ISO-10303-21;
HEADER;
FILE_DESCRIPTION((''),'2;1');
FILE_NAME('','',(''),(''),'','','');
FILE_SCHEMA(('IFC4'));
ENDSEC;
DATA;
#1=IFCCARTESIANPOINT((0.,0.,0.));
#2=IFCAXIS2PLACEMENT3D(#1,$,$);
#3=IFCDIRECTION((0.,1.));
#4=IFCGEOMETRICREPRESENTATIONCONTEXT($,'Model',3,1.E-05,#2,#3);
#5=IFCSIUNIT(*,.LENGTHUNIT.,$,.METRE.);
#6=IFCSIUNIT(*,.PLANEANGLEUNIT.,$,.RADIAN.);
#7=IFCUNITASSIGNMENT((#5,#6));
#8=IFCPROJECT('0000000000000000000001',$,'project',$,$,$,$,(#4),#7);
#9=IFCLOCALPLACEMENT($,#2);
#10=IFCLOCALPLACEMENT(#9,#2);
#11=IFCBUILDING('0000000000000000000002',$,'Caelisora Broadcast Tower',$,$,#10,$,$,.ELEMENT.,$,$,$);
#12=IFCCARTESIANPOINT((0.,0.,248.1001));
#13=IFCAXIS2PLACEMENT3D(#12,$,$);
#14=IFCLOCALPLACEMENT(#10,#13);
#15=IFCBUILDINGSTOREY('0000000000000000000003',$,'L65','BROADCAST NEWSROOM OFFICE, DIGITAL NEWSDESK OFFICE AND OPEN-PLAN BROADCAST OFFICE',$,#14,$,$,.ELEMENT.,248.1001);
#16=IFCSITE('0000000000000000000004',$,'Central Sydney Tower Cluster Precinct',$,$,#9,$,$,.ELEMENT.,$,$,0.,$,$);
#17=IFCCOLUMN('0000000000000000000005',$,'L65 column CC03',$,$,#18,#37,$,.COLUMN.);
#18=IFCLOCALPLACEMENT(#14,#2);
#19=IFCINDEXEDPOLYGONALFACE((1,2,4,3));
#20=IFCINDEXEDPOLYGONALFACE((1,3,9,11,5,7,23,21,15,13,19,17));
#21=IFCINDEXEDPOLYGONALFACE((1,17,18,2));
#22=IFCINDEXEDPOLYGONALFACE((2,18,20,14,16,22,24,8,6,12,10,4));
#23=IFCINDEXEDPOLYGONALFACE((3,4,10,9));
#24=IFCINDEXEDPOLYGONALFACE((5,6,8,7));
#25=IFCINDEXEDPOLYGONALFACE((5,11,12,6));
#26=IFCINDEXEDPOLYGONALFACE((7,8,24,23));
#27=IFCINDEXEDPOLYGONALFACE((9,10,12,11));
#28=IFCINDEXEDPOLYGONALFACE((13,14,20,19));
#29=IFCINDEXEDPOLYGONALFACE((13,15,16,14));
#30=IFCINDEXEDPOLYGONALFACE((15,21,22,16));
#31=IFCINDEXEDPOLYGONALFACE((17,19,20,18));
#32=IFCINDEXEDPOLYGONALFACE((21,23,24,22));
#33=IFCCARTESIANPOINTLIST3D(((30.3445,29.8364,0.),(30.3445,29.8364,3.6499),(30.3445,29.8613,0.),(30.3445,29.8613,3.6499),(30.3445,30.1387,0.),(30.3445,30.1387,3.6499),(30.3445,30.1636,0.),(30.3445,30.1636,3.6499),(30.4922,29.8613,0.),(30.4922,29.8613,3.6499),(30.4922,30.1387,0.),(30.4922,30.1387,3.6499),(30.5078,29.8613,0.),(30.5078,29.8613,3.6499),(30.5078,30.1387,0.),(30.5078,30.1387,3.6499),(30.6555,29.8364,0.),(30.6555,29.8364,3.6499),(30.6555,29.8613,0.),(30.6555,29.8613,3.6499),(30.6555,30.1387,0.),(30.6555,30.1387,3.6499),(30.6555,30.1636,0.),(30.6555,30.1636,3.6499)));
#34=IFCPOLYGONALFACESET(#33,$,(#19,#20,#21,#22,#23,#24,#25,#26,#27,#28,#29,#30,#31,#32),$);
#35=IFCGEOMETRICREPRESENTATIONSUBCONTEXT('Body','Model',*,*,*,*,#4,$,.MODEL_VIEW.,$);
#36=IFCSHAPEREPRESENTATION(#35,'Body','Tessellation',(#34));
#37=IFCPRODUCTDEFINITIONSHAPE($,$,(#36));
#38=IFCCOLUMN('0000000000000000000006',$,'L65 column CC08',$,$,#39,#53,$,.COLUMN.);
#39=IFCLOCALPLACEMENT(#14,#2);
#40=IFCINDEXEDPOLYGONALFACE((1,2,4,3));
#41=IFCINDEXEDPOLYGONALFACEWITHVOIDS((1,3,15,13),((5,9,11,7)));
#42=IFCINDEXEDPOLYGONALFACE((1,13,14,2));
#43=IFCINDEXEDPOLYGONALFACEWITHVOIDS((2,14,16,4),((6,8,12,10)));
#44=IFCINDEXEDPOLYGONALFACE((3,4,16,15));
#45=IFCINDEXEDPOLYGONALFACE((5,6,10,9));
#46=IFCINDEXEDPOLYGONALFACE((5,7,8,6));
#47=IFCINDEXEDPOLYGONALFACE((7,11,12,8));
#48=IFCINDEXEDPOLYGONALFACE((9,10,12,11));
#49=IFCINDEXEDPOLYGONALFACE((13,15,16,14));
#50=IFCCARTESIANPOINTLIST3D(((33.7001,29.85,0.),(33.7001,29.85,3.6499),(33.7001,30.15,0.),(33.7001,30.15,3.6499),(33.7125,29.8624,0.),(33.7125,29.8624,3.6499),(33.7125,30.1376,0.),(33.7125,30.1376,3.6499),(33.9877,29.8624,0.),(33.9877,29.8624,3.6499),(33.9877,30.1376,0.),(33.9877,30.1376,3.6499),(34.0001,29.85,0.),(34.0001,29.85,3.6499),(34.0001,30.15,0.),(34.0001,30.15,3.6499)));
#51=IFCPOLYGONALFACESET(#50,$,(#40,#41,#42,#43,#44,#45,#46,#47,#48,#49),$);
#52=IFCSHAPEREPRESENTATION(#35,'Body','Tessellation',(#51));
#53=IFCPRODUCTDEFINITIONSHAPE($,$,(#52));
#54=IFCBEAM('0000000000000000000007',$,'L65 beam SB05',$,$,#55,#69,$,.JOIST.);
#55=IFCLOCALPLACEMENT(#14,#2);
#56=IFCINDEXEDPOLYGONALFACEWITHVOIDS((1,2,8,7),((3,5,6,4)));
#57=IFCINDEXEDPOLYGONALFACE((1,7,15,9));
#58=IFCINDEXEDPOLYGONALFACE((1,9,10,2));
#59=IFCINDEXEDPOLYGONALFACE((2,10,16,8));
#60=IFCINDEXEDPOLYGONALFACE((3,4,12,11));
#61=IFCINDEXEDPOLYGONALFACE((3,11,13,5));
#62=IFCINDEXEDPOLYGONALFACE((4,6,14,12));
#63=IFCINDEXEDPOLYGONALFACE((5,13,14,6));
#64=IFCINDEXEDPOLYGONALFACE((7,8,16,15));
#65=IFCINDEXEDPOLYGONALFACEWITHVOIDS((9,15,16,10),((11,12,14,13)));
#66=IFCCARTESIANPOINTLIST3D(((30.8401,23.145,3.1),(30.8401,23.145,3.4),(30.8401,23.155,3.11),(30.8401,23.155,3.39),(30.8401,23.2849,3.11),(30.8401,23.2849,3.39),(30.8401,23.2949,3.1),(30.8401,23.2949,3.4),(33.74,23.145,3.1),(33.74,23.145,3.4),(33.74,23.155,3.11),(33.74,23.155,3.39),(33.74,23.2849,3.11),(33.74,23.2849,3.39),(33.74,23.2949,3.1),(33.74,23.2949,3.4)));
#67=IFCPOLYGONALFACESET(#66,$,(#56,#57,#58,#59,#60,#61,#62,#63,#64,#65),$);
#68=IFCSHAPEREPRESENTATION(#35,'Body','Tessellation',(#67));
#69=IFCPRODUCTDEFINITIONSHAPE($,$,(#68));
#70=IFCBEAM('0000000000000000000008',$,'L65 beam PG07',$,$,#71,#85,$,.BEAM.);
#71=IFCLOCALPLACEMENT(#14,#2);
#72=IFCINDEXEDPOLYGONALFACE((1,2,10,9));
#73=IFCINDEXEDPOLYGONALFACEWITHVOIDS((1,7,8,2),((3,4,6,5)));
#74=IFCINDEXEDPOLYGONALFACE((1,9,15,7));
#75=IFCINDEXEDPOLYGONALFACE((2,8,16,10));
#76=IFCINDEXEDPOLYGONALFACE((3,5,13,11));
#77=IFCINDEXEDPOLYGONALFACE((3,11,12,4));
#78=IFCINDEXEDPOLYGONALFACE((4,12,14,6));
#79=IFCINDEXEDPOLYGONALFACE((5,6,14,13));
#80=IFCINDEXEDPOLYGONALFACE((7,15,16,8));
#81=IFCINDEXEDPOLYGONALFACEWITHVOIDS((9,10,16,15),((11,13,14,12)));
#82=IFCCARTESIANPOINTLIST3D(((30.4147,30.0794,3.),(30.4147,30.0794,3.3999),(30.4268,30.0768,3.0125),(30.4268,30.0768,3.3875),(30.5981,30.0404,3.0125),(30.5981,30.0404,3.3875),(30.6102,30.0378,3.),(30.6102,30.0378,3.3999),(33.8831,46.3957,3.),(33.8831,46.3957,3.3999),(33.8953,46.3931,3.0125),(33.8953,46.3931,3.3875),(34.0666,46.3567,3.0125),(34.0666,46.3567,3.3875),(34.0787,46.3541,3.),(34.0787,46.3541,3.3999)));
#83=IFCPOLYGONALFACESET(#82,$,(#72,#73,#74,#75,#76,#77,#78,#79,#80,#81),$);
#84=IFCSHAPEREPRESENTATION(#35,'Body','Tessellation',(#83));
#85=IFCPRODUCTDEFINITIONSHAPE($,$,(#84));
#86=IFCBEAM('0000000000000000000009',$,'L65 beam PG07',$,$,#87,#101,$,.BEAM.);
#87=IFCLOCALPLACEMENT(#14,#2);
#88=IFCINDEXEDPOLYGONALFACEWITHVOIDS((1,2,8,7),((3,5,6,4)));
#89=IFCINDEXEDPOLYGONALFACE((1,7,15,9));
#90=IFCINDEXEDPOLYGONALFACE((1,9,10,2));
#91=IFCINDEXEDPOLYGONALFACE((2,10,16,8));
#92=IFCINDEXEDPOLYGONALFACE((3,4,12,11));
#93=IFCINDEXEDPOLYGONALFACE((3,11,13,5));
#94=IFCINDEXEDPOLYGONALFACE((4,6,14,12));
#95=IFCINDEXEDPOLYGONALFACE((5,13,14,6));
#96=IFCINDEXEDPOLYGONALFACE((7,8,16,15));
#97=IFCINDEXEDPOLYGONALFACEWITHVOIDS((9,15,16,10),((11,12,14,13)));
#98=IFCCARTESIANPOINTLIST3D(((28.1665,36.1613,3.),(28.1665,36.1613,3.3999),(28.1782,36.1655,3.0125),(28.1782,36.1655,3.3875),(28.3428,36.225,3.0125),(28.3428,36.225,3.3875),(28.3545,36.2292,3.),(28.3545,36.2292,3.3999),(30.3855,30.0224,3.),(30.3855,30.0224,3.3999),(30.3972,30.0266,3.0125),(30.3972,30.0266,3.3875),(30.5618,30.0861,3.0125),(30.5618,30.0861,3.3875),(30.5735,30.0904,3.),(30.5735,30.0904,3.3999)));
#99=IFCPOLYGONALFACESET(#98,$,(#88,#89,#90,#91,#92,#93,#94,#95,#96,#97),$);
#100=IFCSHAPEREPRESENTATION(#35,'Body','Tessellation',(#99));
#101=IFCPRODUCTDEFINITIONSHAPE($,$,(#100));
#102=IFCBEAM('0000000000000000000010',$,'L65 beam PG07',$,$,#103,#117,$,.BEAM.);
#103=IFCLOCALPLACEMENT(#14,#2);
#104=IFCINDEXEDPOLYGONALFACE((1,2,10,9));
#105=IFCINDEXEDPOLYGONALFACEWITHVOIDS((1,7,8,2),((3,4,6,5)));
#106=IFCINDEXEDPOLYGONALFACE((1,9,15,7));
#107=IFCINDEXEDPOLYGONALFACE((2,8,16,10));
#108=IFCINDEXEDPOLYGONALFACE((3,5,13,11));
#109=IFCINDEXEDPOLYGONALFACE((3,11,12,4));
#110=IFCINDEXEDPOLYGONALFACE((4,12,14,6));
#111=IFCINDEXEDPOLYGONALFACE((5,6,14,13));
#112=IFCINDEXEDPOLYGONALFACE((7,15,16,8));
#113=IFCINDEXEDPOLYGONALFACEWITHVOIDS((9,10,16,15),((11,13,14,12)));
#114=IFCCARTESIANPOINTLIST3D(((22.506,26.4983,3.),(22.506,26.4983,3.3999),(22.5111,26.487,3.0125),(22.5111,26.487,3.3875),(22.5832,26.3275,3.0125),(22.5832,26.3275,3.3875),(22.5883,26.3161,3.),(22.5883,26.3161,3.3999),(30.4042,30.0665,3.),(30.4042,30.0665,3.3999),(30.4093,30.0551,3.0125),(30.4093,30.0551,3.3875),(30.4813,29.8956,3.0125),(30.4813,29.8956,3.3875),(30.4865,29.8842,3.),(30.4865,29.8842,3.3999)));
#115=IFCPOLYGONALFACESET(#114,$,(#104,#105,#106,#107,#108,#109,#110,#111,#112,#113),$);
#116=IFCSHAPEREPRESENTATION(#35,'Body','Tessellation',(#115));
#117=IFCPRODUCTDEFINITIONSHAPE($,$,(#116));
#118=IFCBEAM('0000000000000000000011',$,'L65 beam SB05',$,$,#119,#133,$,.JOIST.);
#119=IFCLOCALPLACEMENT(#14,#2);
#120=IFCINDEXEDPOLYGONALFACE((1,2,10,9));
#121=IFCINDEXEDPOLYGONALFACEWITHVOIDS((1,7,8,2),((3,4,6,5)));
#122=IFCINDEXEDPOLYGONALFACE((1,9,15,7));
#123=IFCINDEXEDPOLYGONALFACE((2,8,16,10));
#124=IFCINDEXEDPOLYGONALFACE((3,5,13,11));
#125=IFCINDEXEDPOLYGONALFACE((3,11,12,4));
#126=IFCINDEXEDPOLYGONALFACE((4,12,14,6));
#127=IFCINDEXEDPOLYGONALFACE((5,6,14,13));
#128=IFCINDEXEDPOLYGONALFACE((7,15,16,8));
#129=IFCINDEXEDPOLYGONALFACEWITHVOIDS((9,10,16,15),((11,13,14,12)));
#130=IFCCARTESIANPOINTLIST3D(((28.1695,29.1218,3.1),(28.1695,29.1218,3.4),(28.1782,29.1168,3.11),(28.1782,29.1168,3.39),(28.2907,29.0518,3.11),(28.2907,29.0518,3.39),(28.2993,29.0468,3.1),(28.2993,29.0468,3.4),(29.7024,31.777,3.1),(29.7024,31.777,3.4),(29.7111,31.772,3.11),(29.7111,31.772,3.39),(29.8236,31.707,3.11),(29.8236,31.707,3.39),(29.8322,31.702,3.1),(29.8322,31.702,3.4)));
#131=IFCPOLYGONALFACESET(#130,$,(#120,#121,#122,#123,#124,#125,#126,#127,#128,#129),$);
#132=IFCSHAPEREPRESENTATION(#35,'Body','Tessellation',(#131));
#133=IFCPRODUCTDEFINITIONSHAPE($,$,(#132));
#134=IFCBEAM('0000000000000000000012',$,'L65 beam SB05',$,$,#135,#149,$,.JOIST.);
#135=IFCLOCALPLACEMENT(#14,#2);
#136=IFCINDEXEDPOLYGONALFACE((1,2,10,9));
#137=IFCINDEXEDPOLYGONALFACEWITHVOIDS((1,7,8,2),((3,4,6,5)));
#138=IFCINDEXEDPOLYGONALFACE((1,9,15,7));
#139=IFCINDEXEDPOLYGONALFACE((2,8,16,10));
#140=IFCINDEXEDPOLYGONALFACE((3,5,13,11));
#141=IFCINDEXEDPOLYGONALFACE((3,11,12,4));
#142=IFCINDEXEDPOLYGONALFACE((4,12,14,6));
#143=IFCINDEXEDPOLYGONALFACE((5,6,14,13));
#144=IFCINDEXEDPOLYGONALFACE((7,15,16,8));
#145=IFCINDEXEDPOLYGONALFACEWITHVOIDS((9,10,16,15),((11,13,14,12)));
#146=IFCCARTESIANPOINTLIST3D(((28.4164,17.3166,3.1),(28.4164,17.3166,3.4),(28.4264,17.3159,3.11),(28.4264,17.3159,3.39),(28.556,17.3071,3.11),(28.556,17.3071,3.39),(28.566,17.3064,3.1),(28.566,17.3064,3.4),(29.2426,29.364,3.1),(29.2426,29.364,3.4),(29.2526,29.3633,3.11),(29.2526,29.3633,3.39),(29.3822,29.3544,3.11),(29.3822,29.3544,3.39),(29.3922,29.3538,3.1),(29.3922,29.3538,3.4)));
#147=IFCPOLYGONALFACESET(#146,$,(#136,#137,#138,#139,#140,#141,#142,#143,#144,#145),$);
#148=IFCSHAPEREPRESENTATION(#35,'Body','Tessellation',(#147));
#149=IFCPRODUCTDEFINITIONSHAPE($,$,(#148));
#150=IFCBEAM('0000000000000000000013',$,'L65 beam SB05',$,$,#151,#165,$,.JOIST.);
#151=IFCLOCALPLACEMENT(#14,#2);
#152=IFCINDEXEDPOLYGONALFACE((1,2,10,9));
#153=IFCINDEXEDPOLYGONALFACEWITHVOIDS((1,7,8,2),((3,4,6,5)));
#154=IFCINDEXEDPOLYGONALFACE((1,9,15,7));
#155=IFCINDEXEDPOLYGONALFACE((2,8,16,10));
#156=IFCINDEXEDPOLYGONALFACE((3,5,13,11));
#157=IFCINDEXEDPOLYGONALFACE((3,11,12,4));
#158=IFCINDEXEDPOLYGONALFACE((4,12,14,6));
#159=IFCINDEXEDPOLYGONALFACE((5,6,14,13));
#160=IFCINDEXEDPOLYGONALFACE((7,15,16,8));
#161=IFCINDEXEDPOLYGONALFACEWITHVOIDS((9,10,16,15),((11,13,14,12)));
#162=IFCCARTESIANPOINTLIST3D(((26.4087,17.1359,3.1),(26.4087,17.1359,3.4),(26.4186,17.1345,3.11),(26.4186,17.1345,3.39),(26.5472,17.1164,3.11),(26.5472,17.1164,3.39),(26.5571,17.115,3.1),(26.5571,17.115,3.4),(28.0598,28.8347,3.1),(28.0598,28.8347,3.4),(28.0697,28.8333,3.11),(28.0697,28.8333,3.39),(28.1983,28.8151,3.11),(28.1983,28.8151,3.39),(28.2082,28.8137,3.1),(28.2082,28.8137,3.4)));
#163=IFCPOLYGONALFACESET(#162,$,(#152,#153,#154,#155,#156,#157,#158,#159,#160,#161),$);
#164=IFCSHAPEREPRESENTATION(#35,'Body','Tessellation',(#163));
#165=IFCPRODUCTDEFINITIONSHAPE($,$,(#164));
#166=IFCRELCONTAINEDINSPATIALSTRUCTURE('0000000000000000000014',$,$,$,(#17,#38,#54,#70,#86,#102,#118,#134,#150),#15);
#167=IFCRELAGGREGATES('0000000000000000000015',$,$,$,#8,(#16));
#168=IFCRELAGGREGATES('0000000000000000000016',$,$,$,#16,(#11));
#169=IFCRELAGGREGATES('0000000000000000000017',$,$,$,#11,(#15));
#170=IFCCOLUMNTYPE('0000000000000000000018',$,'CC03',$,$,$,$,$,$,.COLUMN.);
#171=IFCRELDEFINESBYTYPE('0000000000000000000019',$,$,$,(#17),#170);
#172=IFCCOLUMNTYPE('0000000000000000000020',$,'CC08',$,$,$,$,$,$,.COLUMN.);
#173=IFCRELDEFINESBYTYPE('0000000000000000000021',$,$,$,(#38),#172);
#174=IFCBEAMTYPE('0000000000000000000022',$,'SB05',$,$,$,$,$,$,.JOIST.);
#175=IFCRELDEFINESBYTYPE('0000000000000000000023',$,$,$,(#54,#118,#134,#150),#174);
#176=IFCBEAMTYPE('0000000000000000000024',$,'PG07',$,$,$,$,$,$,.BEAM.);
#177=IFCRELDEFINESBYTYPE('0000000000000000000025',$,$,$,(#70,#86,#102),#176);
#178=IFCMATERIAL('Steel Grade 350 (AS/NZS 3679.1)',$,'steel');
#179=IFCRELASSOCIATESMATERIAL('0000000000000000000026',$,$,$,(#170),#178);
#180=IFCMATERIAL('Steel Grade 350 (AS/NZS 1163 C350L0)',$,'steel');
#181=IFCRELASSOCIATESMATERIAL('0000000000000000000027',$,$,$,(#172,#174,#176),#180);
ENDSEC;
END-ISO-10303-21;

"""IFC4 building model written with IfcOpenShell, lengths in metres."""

from ifc_helpers import new_model, si_unit, direction, frame, origin, origin_2d, place, context, subcontext, project, spatial, hollow_rectangle, i_section, extrude, source, transform, mapped, material, material_profile, profile_set, type_object, type_shapes, element, save


model = new_model("IFC4")

# Units and contexts
model_context = context("Model", 3, precision=1e-05, world=origin(), true_north=direction((0.0, 1.0)))
body_context = subcontext(model_context, "Body", "Model", "MODEL_VIEW")
ifc_project = project(units=[si_unit("LENGTHUNIT", "METRE"), si_unit("PLANEANGLEUNIT", "RADIAN")], contexts=[model_context])

# Site, building, storey
site_placement = place(None, origin())
site = spatial("IfcSite", under=ifc_project, at=site_placement, Name="Central Sydney Tower Cluster Precinct", CompositionType="ELEMENT", RefElevation=0.0)
building_placement = place(site_placement, origin())
building = spatial("IfcBuilding", under=site, at=building_placement, Name="Caelisora Broadcast Tower", CompositionType="ELEMENT")
storey_placement = place(building_placement, frame((0.0, 0.0, 248.1001)))
storey = spatial("IfcBuildingStorey", under=building, at=storey_placement, Name="L65", Description="BROADCAST NEWSROOM OFFICE, DIGITAL NEWSDESK OFFICE AND OPEN-PLAN BROADCAST OFFICE", CompositionType="ELEMENT", Elevation=248.1001)

# Columns
ifc_material_1 = material(Name="Steel Grade 350 (AS/NZS 3679.1)", Category="steel")
ifc_material_profile_1 = material_profile(ifc_material_1, i_section(OverallWidth=0.311, OverallDepth=0.3271, WebThickness=0.0156, FlangeThickness=0.0249, at=origin_2d()), Name="Steel Grade 350 (AS/NZS 3679.1)")
ifc_profile_set_1 = profile_set([ifc_material_profile_1], Name="Steel Grade 350 (AS/NZS 3679.1)")
column_type_1 = type_object("IfcColumnType", Name="CC03", PredefinedType="COLUMN", material=ifc_profile_set_1)
shared_shape_1 = source(origin(), body_context, "Body", "SweptSolid", [
    extrude(i_section(OverallWidth=0.311, OverallDepth=0.3271, WebThickness=0.0156, FlangeThickness=0.0249, at=origin_2d()), origin(), (0.0, 0.0, 1.0), 3.6499),
])
type_shapes(column_type_1, [shared_shape_1])
column_1_placement = place(storey_placement, frame((30.5, 30.0, 0.0), z_axis=(0.0, 0.0, 1.0), x_axis=(1.0, 0.0, 0.0)))
element("IfcColumn", 1, at=column_1_placement, inside=storey, type_object=column_type_1, Name="L65 column CC03", PredefinedType="COLUMN", context=body_context, shape_type="MappedRepresentation", body=[
    mapped(shared_shape_1, transform((0.0, 0.0, 0.0), scale=1.0)),
])
ifc_material_2 = material(Name="Steel Grade 350 (AS/NZS 1163 C350L0)", Category="steel")
ifc_material_profile_2 = material_profile(ifc_material_2, hollow_rectangle(XDim=0.3, YDim=0.3, WallThickness=0.0125, at=origin_2d()), Name="Steel Grade 350 (AS/NZS 1163 C350L0)")
ifc_profile_set_2 = profile_set([ifc_material_profile_2], Name="Steel Grade 350 (AS/NZS 1163 C350L0)")
column_type_2 = type_object("IfcColumnType", Name="CC08", PredefinedType="COLUMN", material=ifc_profile_set_2)
shared_shape_2 = source(origin(), body_context, "Body", "SweptSolid", [
    extrude(hollow_rectangle(XDim=0.3, YDim=0.3, WallThickness=0.0125, at=origin_2d()), origin(), (0.0, 0.0, 1.0), 3.6499),
])
type_shapes(column_type_2, [shared_shape_2])
column_2_placement = place(storey_placement, frame((33.8501, 30.0, 0.0), z_axis=(0.0, 0.0, 1.0), x_axis=(1.0, 0.0, 0.0)))
element("IfcColumn", 2, at=column_2_placement, inside=storey, type_object=column_type_2, Name="L65 column CC08", PredefinedType="COLUMN", context=body_context, shape_type="MappedRepresentation", body=[
    mapped(shared_shape_2, transform((0.0, 0.0, 0.0), scale=1.0)),
])

# Beams
ifc_material_profile_3 = material_profile(ifc_material_2, hollow_rectangle(XDim=0.1499, YDim=0.3, WallThickness=0.01, at=origin_2d()), Name="Steel Grade 350 (AS/NZS 1163 C350L0)")
ifc_profile_set_3 = profile_set([ifc_material_profile_3], Name="Steel Grade 350 (AS/NZS 1163 C350L0)")
beam_type_1 = type_object("IfcBeamType", Name="SB05", PredefinedType="JOIST", material=ifc_profile_set_3)
shared_shape_3 = source(origin(), body_context, "Body", "SweptSolid", [
    extrude(hollow_rectangle(XDim=0.1499, YDim=0.3, WallThickness=0.01, at=origin_2d()), origin(), (0.0, 0.0, 1.0), 2.8999),
])
beam_1_placement = place(storey_placement, frame((30.8401, 23.22, 3.25), z_axis=(1.0, 0.0, 0.0), x_axis=(0.0, 1.0, 0.0)))
element("IfcBeam", 3, at=beam_1_placement, inside=storey, type_object=beam_type_1, Name="L65 beam SB05", PredefinedType="JOIST", context=body_context, shape_type="MappedRepresentation", body=[
    mapped(shared_shape_3, transform((0.0, 0.0, 0.0), scale=1.0)),
])
ifc_material_profile_4 = material_profile(ifc_material_2, hollow_rectangle(XDim=0.2, YDim=0.3999, WallThickness=0.0125, at=origin_2d()), Name="Steel Grade 350 (AS/NZS 1163 C350L0)")
ifc_profile_set_4 = profile_set([ifc_material_profile_4], Name="Steel Grade 350 (AS/NZS 1163 C350L0)")
beam_type_2 = type_object("IfcBeamType", Name="PG07", PredefinedType="BEAM", material=ifc_profile_set_4)
shared_shape_4 = source(origin(), body_context, "Body", "SweptSolid", [
    extrude(hollow_rectangle(XDim=0.2, YDim=0.3999, WallThickness=0.0125, at=origin_2d()), origin(), (0.0, 0.0, 1.0), 16.6809),
])
beam_2_placement = place(storey_placement, frame((30.5125, 30.0586, 3.2), z_axis=(0.207932, 0.978143, 0.0), x_axis=(-0.978143, 0.207932, 0.0)))
element("IfcBeam", 4, at=beam_2_placement, inside=storey, type_object=beam_type_2, Name="L65 beam PG07", PredefinedType="BEAM", context=body_context, shape_type="MappedRepresentation", body=[
    mapped(shared_shape_4, transform((0.0, 0.0, 0.0), scale=1.0)),
])
shared_shape_5 = source(origin(), body_context, "Body", "SweptSolid", [
    extrude(hollow_rectangle(XDim=0.2, YDim=0.3999, WallThickness=0.0125, at=origin_2d()), origin(), (0.0, 0.0, 1.0), 6.5276),
])
beam_3_placement = place(storey_placement, frame((30.4795, 30.0564, 3.2), z_axis=(-0.339938, 0.940448, 0.0), x_axis=(-0.940448, -0.339938, 0.0)))
element("IfcBeam", 5, at=beam_3_placement, inside=storey, type_object=beam_type_2, Name="L65 beam PG07", PredefinedType="BEAM", context=body_context, shape_type="MappedRepresentation", body=[
    mapped(shared_shape_5, transform((0.0, 0.0, 0.0), scale=1.0)),
])
shared_shape_6 = source(origin(), body_context, "Body", "SweptSolid", [
    extrude(hollow_rectangle(XDim=0.2, YDim=0.3999, WallThickness=0.0125, at=origin_2d()), origin(), (0.0, 0.0, 1.0), 8.6667),
])
type_shapes(beam_type_2, [shared_shape_4, shared_shape_5, shared_shape_6])
beam_4_placement = place(storey_placement, frame((30.4453, 29.9753, 3.2), z_axis=(-0.911319, -0.411701, 0.0), x_axis=(0.411701, -0.911319, 0.0)))
element("IfcBeam", 6, at=beam_4_placement, inside=storey, type_object=beam_type_2, Name="L65 beam PG07", PredefinedType="BEAM", context=body_context, shape_type="MappedRepresentation", body=[
    mapped(shared_shape_6, transform((0.0, 0.0, 0.0), scale=1.0)),
])
shared_shape_7 = source(origin(), body_context, "Body", "SweptSolid", [
    extrude(hollow_rectangle(XDim=0.1499, YDim=0.3, WallThickness=0.01, at=origin_2d()), origin(), (0.0, 0.0, 1.0), 3.0659),
])
beam_5_placement = place(storey_placement, frame((29.7673, 31.7395, 3.25), z_axis=(-0.499984, -0.866034, 0.0), x_axis=(0.866034, -0.499984, 0.0)))
element("IfcBeam", 7, at=beam_5_placement, inside=storey, type_object=beam_type_1, Name="L65 beam SB05", PredefinedType="JOIST", context=body_context, shape_type="MappedRepresentation", body=[
    mapped(shared_shape_7, transform((0.0, 0.0, 0.0), scale=1.0)),
])
shared_shape_8 = source(origin(), body_context, "Body", "SweptSolid", [
    extrude(hollow_rectangle(XDim=0.1499, YDim=0.3, WallThickness=0.01, at=origin_2d()), origin(), (0.0, 0.0, 1.0), 12.0757),
])
beam_6_placement = place(storey_placement, frame((29.3174, 29.3589, 3.25), z_axis=(-0.068416, -0.997657, 0.0), x_axis=(0.997657, -0.068416, 0.0)))
element("IfcBeam", 8, at=beam_6_placement, inside=storey, type_object=beam_type_1, Name="L65 beam SB05", PredefinedType="JOIST", context=body_context, shape_type="MappedRepresentation", body=[
    mapped(shared_shape_8, transform((0.0, 0.0, 0.0), scale=1.0)),
])
shared_shape_9 = source(origin(), body_context, "Body", "SweptSolid", [
    extrude(hollow_rectangle(XDim=0.1499, YDim=0.3, WallThickness=0.01, at=origin_2d()), origin(), (0.0, 0.0, 1.0), 11.8147),
])
type_shapes(beam_type_1, [shared_shape_3, shared_shape_7, shared_shape_8, shared_shape_9])
beam_7_placement = place(storey_placement, frame((28.134, 28.8242, 3.25), z_axis=(-0.139752, -0.990187, 0.0), x_axis=(0.990187, -0.139752, 0.0)))
element("IfcBeam", 9, at=beam_7_placement, inside=storey, type_object=beam_type_1, Name="L65 beam SB05", PredefinedType="JOIST", context=body_context, shape_type="MappedRepresentation", body=[
    mapped(shared_shape_9, transform((0.0, 0.0, 0.0), scale=1.0)),
])

save(model, "model.ifc")
